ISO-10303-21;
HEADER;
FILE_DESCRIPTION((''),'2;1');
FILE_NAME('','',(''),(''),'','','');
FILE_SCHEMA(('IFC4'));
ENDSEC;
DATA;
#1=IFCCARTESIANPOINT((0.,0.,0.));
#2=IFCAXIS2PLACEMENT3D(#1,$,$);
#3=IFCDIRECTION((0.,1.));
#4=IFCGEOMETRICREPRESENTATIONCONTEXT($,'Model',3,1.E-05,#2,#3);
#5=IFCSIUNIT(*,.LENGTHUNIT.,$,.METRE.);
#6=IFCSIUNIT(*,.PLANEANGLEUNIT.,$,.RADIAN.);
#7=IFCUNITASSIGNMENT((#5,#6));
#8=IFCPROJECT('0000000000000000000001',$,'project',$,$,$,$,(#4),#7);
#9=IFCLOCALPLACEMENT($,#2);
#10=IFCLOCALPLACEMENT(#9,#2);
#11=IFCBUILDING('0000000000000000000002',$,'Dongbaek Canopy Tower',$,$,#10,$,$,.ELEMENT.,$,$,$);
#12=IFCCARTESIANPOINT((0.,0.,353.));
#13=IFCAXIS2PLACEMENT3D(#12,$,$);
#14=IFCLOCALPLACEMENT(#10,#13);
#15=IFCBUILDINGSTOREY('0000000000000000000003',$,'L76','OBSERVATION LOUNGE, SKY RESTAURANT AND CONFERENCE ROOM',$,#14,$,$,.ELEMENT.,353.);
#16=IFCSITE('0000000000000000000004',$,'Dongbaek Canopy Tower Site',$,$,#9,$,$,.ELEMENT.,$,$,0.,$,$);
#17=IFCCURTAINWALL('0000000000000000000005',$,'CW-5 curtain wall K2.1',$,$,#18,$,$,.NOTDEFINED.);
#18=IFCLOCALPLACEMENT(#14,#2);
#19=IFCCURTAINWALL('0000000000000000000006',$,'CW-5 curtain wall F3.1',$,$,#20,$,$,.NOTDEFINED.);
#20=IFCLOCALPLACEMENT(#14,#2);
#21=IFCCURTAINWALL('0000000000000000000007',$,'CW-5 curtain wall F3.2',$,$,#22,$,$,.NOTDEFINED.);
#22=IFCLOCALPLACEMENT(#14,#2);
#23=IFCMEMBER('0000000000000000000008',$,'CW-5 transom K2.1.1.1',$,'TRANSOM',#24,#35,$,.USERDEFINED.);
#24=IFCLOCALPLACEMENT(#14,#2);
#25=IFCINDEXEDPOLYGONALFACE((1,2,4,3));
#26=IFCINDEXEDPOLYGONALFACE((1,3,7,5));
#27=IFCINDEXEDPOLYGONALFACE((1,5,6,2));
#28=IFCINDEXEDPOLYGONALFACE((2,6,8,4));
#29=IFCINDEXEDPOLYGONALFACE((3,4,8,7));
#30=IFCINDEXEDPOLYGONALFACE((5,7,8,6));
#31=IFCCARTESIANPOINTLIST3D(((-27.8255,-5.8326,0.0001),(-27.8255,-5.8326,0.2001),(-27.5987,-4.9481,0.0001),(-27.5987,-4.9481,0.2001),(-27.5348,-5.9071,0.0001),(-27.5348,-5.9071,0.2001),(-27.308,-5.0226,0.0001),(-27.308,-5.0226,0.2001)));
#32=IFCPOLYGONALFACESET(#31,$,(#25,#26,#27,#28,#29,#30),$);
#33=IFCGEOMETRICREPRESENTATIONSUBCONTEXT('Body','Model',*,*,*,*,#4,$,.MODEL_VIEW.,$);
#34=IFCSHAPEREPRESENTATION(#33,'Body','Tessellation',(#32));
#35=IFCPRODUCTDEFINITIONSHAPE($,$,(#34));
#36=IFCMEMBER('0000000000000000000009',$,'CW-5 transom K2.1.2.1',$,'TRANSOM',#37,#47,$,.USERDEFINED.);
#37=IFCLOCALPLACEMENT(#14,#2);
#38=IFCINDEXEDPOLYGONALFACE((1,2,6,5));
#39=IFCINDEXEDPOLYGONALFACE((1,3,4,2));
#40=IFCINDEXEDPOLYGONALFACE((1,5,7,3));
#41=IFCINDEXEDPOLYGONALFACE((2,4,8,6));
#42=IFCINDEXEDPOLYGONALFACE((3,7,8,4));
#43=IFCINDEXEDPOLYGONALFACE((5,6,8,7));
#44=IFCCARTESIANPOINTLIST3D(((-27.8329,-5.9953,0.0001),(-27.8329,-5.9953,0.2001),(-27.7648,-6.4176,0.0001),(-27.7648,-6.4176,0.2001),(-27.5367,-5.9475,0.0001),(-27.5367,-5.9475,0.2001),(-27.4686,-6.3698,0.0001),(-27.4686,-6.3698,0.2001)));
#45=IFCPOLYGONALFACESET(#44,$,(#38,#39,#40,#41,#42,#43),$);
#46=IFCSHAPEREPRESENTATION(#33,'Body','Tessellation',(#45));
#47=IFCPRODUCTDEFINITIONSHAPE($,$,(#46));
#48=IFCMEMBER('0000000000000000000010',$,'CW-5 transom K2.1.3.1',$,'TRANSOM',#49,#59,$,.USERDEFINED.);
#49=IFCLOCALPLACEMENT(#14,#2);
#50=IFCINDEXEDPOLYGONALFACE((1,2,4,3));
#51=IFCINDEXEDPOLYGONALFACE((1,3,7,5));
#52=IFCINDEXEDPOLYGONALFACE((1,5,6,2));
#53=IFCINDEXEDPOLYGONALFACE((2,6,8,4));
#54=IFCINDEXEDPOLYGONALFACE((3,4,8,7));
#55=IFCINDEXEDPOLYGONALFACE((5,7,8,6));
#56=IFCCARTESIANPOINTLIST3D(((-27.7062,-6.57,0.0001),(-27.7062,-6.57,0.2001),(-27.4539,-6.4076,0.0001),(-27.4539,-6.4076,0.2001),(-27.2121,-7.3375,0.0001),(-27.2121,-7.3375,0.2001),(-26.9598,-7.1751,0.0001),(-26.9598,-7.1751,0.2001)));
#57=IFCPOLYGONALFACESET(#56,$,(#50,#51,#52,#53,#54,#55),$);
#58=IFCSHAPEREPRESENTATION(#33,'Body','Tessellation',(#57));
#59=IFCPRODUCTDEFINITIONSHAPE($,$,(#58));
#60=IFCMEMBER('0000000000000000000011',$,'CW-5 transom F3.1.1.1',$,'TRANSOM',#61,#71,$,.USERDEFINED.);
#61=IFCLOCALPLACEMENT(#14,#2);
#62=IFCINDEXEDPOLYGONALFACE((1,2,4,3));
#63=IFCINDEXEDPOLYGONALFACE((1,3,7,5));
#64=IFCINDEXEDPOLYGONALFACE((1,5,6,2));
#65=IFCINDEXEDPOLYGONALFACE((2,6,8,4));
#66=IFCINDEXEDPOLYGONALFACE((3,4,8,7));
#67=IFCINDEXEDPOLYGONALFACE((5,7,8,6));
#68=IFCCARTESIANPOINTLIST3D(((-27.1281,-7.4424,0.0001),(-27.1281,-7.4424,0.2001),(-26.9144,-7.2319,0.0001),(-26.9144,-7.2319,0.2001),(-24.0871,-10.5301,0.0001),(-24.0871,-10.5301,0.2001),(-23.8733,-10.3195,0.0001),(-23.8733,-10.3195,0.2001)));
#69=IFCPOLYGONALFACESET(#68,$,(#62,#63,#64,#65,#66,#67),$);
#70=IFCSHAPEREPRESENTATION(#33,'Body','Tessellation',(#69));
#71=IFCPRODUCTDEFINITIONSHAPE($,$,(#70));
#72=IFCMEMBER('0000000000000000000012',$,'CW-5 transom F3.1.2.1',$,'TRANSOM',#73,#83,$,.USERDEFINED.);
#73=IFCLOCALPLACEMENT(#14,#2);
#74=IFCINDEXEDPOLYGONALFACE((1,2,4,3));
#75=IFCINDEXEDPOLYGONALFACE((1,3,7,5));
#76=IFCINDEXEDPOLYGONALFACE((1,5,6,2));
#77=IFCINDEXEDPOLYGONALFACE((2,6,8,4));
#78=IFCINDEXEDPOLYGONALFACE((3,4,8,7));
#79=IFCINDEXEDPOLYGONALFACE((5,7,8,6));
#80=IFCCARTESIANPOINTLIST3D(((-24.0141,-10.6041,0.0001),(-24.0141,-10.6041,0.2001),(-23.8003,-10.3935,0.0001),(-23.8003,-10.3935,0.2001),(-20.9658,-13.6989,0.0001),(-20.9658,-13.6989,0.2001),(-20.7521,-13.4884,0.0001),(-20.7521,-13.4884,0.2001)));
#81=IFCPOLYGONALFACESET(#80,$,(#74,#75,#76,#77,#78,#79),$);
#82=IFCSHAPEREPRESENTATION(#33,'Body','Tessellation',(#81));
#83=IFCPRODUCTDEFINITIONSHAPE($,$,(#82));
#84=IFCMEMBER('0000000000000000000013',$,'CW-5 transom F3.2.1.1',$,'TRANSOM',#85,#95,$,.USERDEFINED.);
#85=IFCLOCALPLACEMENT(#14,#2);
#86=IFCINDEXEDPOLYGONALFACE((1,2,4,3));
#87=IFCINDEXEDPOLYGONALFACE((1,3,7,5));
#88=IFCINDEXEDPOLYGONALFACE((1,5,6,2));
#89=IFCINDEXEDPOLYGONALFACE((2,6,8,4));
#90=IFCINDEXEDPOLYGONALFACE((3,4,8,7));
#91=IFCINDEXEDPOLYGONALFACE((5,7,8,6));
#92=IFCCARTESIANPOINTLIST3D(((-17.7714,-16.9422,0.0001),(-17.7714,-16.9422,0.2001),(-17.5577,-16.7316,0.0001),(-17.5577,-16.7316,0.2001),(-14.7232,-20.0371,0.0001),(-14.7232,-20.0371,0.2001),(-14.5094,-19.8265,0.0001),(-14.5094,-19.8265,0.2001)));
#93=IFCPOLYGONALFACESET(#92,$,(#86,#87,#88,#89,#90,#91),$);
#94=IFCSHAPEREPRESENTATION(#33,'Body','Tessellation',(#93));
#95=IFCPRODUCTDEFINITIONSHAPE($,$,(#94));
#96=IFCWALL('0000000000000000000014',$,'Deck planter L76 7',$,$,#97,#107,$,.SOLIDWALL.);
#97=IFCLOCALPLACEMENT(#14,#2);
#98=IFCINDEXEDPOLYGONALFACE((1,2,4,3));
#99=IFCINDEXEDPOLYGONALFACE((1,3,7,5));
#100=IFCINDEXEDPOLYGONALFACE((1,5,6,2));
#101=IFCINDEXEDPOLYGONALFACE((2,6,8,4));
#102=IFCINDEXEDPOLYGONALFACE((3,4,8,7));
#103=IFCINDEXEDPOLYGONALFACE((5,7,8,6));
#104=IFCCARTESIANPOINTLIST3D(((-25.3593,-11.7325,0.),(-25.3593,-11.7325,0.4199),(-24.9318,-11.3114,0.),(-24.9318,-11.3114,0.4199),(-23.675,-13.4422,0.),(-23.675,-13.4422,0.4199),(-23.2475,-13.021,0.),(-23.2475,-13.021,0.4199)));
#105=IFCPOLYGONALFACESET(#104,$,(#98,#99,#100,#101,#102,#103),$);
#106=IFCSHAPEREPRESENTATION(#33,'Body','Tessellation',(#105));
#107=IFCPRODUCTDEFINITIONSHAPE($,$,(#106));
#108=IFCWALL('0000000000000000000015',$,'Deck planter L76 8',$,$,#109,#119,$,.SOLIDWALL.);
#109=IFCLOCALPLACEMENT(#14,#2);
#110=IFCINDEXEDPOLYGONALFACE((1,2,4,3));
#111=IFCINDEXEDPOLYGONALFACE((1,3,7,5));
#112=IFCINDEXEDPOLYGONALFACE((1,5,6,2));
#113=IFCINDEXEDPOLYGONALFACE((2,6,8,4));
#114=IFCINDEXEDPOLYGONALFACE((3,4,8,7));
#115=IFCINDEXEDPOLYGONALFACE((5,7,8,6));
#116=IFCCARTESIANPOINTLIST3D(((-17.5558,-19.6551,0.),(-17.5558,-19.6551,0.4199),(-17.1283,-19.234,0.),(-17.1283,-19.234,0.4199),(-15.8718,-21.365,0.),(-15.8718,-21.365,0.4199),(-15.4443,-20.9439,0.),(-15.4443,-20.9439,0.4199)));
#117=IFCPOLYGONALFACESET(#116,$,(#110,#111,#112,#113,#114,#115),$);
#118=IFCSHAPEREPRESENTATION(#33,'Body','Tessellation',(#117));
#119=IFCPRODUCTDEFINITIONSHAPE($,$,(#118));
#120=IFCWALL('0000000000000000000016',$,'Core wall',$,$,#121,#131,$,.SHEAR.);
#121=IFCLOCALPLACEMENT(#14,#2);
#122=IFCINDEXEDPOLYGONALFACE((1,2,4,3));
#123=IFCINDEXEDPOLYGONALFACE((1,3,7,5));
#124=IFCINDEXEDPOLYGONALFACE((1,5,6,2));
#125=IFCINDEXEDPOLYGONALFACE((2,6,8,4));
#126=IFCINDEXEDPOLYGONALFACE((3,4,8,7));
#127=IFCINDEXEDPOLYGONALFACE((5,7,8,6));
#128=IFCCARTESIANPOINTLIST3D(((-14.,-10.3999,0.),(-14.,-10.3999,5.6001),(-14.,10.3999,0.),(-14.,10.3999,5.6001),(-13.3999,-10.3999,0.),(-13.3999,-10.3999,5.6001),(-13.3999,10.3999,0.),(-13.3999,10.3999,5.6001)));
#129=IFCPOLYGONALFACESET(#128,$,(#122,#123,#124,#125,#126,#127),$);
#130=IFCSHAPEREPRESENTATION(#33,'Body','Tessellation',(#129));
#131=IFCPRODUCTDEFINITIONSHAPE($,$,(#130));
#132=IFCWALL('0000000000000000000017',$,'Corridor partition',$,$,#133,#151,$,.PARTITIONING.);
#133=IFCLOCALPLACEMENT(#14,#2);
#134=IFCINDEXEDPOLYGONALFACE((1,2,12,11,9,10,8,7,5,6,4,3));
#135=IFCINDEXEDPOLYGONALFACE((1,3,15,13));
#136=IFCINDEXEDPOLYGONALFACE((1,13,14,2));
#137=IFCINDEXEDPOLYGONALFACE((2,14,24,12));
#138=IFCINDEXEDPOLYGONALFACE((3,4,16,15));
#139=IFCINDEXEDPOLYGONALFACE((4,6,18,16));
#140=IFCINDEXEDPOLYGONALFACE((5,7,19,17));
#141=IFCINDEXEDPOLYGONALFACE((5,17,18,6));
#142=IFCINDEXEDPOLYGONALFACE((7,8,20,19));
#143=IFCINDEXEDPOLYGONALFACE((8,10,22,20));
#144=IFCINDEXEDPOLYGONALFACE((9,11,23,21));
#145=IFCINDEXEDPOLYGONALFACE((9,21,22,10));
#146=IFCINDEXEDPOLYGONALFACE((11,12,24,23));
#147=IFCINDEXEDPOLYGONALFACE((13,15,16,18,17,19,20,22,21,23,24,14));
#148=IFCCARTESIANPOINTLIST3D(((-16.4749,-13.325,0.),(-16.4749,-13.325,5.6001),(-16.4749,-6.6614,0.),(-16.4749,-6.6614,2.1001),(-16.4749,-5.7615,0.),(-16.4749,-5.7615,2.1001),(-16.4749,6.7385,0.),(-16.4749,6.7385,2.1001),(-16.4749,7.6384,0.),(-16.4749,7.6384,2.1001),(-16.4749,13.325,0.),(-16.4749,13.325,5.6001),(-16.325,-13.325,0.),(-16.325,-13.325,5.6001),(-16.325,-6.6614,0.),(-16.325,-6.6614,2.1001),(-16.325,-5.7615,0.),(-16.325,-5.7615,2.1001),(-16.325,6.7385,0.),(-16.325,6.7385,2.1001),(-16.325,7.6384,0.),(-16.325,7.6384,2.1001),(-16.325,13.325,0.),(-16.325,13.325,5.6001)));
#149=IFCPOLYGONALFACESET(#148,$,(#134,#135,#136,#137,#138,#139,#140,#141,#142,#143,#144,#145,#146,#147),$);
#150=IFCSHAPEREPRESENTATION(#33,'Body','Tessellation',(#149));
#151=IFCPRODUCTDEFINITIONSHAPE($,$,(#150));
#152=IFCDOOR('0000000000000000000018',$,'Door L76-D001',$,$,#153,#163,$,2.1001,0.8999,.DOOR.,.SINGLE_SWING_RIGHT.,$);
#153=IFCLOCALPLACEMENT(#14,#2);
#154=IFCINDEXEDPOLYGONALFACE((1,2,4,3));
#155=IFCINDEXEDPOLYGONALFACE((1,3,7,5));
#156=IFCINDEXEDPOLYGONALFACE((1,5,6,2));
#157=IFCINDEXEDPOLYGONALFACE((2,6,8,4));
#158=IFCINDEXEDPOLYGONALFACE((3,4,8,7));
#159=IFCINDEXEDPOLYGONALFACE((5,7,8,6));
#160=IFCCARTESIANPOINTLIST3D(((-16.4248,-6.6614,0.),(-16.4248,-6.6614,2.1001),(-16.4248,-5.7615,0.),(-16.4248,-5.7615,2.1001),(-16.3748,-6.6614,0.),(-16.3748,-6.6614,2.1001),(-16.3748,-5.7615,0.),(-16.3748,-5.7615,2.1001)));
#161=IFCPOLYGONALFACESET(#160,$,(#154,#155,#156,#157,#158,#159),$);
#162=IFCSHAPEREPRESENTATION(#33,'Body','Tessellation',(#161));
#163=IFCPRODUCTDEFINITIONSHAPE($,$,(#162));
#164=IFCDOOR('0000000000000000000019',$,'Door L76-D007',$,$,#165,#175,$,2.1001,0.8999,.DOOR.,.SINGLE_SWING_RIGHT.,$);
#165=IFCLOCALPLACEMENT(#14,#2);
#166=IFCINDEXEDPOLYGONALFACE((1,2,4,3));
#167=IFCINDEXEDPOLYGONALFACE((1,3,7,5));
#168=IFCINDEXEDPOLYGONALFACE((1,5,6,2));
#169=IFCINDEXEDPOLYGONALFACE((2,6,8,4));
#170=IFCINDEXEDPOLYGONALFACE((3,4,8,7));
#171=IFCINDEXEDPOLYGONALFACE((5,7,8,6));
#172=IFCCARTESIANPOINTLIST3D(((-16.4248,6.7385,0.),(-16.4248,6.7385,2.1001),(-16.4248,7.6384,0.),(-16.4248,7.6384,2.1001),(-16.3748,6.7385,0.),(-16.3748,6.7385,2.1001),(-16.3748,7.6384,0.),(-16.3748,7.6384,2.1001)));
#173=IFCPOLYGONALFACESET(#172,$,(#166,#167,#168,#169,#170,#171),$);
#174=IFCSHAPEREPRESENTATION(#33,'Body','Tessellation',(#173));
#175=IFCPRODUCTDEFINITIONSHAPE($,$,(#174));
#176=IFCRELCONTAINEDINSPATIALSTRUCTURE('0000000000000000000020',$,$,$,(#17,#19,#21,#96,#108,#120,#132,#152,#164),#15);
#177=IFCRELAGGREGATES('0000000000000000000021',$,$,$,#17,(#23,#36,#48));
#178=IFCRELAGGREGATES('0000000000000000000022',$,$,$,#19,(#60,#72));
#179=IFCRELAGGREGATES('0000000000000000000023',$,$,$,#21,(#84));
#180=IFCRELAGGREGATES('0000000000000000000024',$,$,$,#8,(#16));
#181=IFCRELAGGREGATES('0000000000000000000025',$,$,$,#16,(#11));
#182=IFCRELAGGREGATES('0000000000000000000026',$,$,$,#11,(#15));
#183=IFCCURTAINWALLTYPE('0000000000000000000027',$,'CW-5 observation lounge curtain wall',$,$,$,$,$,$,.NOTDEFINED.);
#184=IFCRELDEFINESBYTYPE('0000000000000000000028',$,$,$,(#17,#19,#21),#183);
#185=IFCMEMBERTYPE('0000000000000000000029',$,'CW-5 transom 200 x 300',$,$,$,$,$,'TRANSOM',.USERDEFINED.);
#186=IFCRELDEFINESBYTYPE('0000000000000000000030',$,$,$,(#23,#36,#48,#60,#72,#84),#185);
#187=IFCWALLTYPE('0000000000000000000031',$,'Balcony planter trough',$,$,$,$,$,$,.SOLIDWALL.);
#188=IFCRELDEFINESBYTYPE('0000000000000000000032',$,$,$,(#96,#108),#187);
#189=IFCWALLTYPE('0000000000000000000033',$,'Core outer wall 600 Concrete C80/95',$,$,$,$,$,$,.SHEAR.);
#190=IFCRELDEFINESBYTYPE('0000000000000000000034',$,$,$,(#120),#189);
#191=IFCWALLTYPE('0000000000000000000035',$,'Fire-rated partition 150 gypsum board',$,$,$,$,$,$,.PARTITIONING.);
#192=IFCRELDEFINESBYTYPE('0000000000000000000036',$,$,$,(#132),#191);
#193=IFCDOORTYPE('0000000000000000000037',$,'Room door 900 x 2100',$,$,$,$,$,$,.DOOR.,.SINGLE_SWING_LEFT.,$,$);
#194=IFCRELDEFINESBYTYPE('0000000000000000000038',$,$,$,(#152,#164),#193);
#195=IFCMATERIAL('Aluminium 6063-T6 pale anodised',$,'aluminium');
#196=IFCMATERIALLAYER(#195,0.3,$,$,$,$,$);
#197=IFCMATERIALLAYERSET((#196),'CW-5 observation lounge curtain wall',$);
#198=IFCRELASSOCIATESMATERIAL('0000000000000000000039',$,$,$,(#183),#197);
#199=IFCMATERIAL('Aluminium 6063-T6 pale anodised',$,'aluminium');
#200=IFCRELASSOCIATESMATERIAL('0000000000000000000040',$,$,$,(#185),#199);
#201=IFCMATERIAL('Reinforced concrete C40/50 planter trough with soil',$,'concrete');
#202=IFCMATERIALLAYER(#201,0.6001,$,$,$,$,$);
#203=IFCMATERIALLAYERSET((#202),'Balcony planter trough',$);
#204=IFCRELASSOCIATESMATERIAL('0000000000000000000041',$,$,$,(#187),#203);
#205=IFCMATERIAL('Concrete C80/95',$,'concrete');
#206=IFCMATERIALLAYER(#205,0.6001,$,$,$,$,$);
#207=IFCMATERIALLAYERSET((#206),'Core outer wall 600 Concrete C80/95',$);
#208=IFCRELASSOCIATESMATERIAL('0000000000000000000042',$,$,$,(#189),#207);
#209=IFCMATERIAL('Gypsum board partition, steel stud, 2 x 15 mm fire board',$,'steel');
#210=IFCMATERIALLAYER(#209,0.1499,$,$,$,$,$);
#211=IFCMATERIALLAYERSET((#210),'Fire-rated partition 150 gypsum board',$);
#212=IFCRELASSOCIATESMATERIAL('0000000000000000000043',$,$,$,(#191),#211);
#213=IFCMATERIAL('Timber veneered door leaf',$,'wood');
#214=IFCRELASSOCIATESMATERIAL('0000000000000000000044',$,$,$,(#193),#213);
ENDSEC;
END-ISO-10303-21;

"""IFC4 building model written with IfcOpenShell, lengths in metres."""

from ifc_helpers import new_model, si_unit, direction, frame, frame_2d, origin, origin_2d, place, context, subcontext, project, spatial, rectangle, extrude, material, layer, layer_set, material_profile, profile_set, type_object, element, fill, aggregate, save


model = new_model("IFC4")

# Units and contexts
model_context = context("Model", 3, precision=1e-05, world=origin(), true_north=direction((0.0, 1.0)))
body_context = subcontext(model_context, "Body", "Model", "MODEL_VIEW")
ifc_project = project(units=[si_unit("LENGTHUNIT", "METRE"), si_unit("PLANEANGLEUNIT", "RADIAN")], contexts=[model_context])

# Site, building, storey
site_placement = place(None, origin())
site = spatial("IfcSite", under=ifc_project, at=site_placement, Name="Dongbaek Canopy Tower Site", CompositionType="ELEMENT", RefElevation=0.0)
building_placement = place(site_placement, origin())
building = spatial("IfcBuilding", under=site, at=building_placement, Name="Dongbaek Canopy Tower", CompositionType="ELEMENT")
storey_placement = place(building_placement, frame((0.0, 0.0, 353.0)))
storey = spatial("IfcBuildingStorey", under=building, at=storey_placement, Name="L76", Description="OBSERVATION LOUNGE, SKY RESTAURANT AND CONFERENCE ROOM", CompositionType="ELEMENT", Elevation=353.0)

# Curtain walls
ifc_material_1 = material(Name="Aluminium 6063-T6 pale anodised", Category="aluminium")
ifc_layer_1 = layer(ifc_material_1, 0.3)
ifc_layer_set_1 = layer_set([ifc_layer_1], Name="CW-5 observation lounge curtain wall")
curtain_wall_type = type_object("IfcCurtainWallType", Name="CW-5 observation lounge curtain wall", PredefinedType="NOTDEFINED", material=ifc_layer_set_1)
curtain_wall_1_placement = place(storey_placement, origin())
curtain_wall_1 = element("IfcCurtainWall", 1, at=curtain_wall_1_placement, inside=storey, type_object=curtain_wall_type, Name="CW-5 curtain wall K2.1", PredefinedType="NOTDEFINED")
curtain_wall_2_placement = place(storey_placement, origin())
curtain_wall_2 = element("IfcCurtainWall", 2, at=curtain_wall_2_placement, inside=storey, type_object=curtain_wall_type, Name="CW-5 curtain wall F3.1", PredefinedType="NOTDEFINED")
curtain_wall_3_placement = place(storey_placement, origin())
curtain_wall_3 = element("IfcCurtainWall", 3, at=curtain_wall_3_placement, inside=storey, type_object=curtain_wall_type, Name="CW-5 curtain wall F3.2", PredefinedType="NOTDEFINED")

# Members
ifc_material_2 = material(Name="Aluminium 6063-T6 pale anodised", Category="aluminium")
ifc_material_profile_1 = material_profile(ifc_material_2, rectangle(XDim=0.3, YDim=0.2, at=origin_2d()), Name="CW-5 transom 200 x 300")
ifc_profile_set_1 = profile_set([ifc_material_profile_1], Name="Aluminium 6063-T6 pale anodised")
member_type_1 = type_object("IfcMemberType", Name="CW-5 transom 200 x 300", ElementType="TRANSOM", PredefinedType="USERDEFINED", material=ifc_profile_set_1)
member_1_placement = place(storey_placement, frame((-27.4534, -4.9854, 0.1001), z_axis=(-0.248382, -0.968662, 0.0), x_axis=(0.968662, -0.248382, 0.0)))
member_1 = element("IfcMember", 4, at=member_1_placement, type_object=member_type_1, Name="CW-5 transom K2.1.1.1", ObjectType="TRANSOM", PredefinedType="USERDEFINED", context=body_context, shape_type="SweptSolid", body=[
    extrude(rectangle(XDim=0.3, YDim=0.2, at=origin_2d()), origin(), (0.0, 0.0, 1.0), 0.9131),
])
member_2_placement = place(storey_placement, frame((-27.6848, -5.9714, 0.1001), z_axis=(0.159214, -0.987244, 0.0), x_axis=(0.987244, 0.159214, 0.0)))
member_2 = element("IfcMember", 5, at=member_2_placement, type_object=member_type_1, Name="CW-5 transom K2.1.2.1", ObjectType="TRANSOM", PredefinedType="USERDEFINED", context=body_context, shape_type="SweptSolid", body=[
    extrude(rectangle(XDim=0.3, YDim=0.2, at=origin_2d()), origin(), (0.0, 0.0, 1.0), 0.4277),
])
member_3_placement = place(storey_placement, frame((-27.5801, -6.4888, 0.1001), z_axis=(0.541298, -0.840831, 0.0), x_axis=(0.840831, 0.541298, 0.0)))
member_3 = element("IfcMember", 6, at=member_3_placement, type_object=member_type_1, Name="CW-5 transom K2.1.3.1", ObjectType="TRANSOM", PredefinedType="USERDEFINED", context=body_context, shape_type="SweptSolid", body=[
    extrude(rectangle(XDim=0.3, YDim=0.2, at=origin_2d()), origin(), (0.0, 0.0, 1.0), 0.9128),
])
aggregate(curtain_wall_1, [member_1, member_2, member_3])
member_4_placement = place(storey_placement, frame((-27.0212, -7.3372, 0.1001), z_axis=(0.701706, -0.712466, 0.0), x_axis=(0.712466, 0.701706, 0.0)))
member_4 = element("IfcMember", 7, at=member_4_placement, type_object=member_type_1, Name="CW-5 transom F3.1.1.1", ObjectType="TRANSOM", PredefinedType="USERDEFINED", context=body_context, shape_type="SweptSolid", body=[
    extrude(rectangle(XDim=0.3, YDim=0.2, at=origin_2d()), origin(), (0.0, 0.0, 1.0), 4.3337),
])
member_5_placement = place(storey_placement, frame((-23.9072, -10.4988, 0.1001), z_axis=(0.701719, -0.712454, 0.0), x_axis=(0.712454, 0.701719, 0.0)))
member_5 = element("IfcMember", 8, at=member_5_placement, type_object=member_type_1, Name="CW-5 transom F3.1.2.1", ObjectType="TRANSOM", PredefinedType="USERDEFINED", context=body_context, shape_type="SweptSolid", body=[
    extrude(rectangle(XDim=0.3, YDim=0.2, at=origin_2d()), origin(), (0.0, 0.0, 1.0), 4.344),
])
aggregate(curtain_wall_2, [member_4, member_5])
member_6_placement = place(storey_placement, frame((-17.6646, -16.8369, 0.1001), z_axis=(0.701719, -0.712454, 0.0), x_axis=(0.712454, 0.701719, 0.0)))
member_6 = element("IfcMember", 9, at=member_6_placement, type_object=member_type_1, Name="CW-5 transom F3.2.1.1", ObjectType="TRANSOM", PredefinedType="USERDEFINED", context=body_context, shape_type="SweptSolid", body=[
    extrude(rectangle(XDim=0.3, YDim=0.2, at=origin_2d()), origin(), (0.0, 0.0, 1.0), 4.344),
])
aggregate(curtain_wall_3, [member_6])

# Walls
ifc_material_3 = material(Name="Reinforced concrete C40/50 planter trough with soil", Category="concrete")
ifc_layer_2 = layer(ifc_material_3, 0.6001)
ifc_layer_set_2 = layer_set([ifc_layer_2], Name="Balcony planter trough")
wall_type_1 = type_object("IfcWallType", Name="Balcony planter trough", PredefinedType="SOLIDWALL", material=ifc_layer_set_2)
for number, where, z_axis, x_axis, name in (
    (10, (-25.1455, -11.522, 0.0), (0.0, 0.0, 1.0), (0.701797, -0.712377, 0.0), "Deck planter L76 7"),
    (11, (-17.342, -19.4446, 0.0), (0.0, 0.0, 1.0), (0.701695, -0.712478, 0.0), "Deck planter L76 8"),
):
    element("IfcWall", number, at=place(storey_placement, frame(where, z_axis=z_axis, x_axis=x_axis)), inside=storey, type_object=wall_type_1, Name=name, PredefinedType="SOLIDWALL", context=body_context, shape_type="SweptSolid", body=[
        extrude(rectangle(XDim=2.3999, YDim=0.6001, at=frame_2d((1.2, 0.0))), origin(), (0.0, 0.0, 1.0), 0.4199),
    ])
ifc_material_4 = material(Name="Concrete C80/95", Category="concrete")
ifc_layer_3 = layer(ifc_material_4, 0.6001)
ifc_layer_set_3 = layer_set([ifc_layer_3], Name="Core outer wall 600 Concrete C80/95")
wall_type_2 = type_object("IfcWallType", Name="Core outer wall 600 Concrete C80/95", PredefinedType="SHEAR", material=ifc_layer_set_3)
wall_1_placement = place(storey_placement, frame((-13.7, -10.3999, 0.0), z_axis=(0.0, 0.0, 1.0), x_axis=(0.0, 1.0, 0.0)))
element("IfcWall", 12, at=wall_1_placement, inside=storey, type_object=wall_type_2, Name="Core wall", PredefinedType="SHEAR", context=body_context, shape_type="SweptSolid", body=[
    extrude(rectangle(XDim=20.7998, YDim=0.6001, at=frame_2d((10.3999, 0.0))), origin(), (0.0, 0.0, 1.0), 5.6001),
])

# Wall, openings, doors
ifc_material_5 = material(Name="Gypsum board partition, steel stud, 2 x 15 mm fire board", Category="steel")
ifc_layer_4 = layer(ifc_material_5, 0.1499)
ifc_layer_set_4 = layer_set([ifc_layer_4], Name="Fire-rated partition 150 gypsum board")
wall_type_3 = type_object("IfcWallType", Name="Fire-rated partition 150 gypsum board", PredefinedType="PARTITIONING", material=ifc_layer_set_4)
wall_2_placement = place(storey_placement, frame((-16.3999, -13.325, 0.0), z_axis=(0.0, 0.0, 1.0), x_axis=(0.0, 1.0, 0.0)))
wall_2 = element("IfcWall", 13, at=wall_2_placement, inside=storey, type_object=wall_type_3, Name="Corridor partition", PredefinedType="PARTITIONING", context=body_context, shape_type="SweptSolid", body=[
    extrude(rectangle(XDim=26.6499, YDim=0.1499, at=frame_2d((13.325, 0.0))), origin(), (0.0, 0.0, 1.0), 5.6001),
])
opening_1_placement = place(wall_2_placement, frame((6.6636, 0.0, 0.0)))
opening_1 = element("IfcOpeningElement", 14, at=opening_1_placement, cuts=wall_2, PredefinedType="OPENING", context=body_context, shape_type="SweptSolid", body=[
    extrude(rectangle(XDim=0.8999, YDim=2.1001, at=frame_2d((0.45, 1.05))), frame((0.0, 0.085, 0.0), z_axis=(0.0, -1.0, 0.0), x_axis=(1.0, 0.0, 0.0)), (0.0, 0.0, 1.0), 0.1699),
])
opening_2_placement = place(wall_2_placement, frame((20.0635, 0.0, 0.0)))
opening_2 = element("IfcOpeningElement", 15, at=opening_2_placement, cuts=wall_2, PredefinedType="OPENING", context=body_context, shape_type="SweptSolid", body=[
    extrude(rectangle(XDim=0.8999, YDim=2.1001, at=frame_2d((0.45, 1.05))), frame((0.0, 0.085, 0.0), z_axis=(0.0, -1.0, 0.0), x_axis=(1.0, 0.0, 0.0)), (0.0, 0.0, 1.0), 0.1699),
])
ifc_material_6 = material(Name="Timber veneered door leaf", Category="wood")
door_type_1 = type_object("IfcDoorType", Name="Room door 900 x 2100", OperationType="SINGLE_SWING_LEFT", PredefinedType="DOOR", material=ifc_material_6)
door_1_placement = place(opening_1_placement, origin())
door_1 = element("IfcDoor", 16, at=door_1_placement, inside=storey, type_object=door_type_1, Name="Door L76-D001", OperationType="SINGLE_SWING_RIGHT", OverallHeight=2.1001, OverallWidth=0.8999, PredefinedType="DOOR", context=body_context, shape_type="SweptSolid", body=[
    extrude(rectangle(XDim=0.8999, YDim=2.1001, at=frame_2d((0.45, 1.05))), frame((0.0, 0.0249, 0.0), z_axis=(0.0, -1.0, 0.0), x_axis=(1.0, 0.0, 0.0)), (0.0, 0.0, 1.0), 0.05),
])
fill(opening_1, door_1)
door_2_placement = place(opening_2_placement, origin())
door_2 = element("IfcDoor", 17, at=door_2_placement, inside=storey, type_object=door_type_1, Name="Door L76-D007", OperationType="SINGLE_SWING_RIGHT", OverallHeight=2.1001, OverallWidth=0.8999, PredefinedType="DOOR", context=body_context, shape_type="SweptSolid", body=[
    extrude(rectangle(XDim=0.8999, YDim=2.1001, at=frame_2d((0.45, 1.05))), frame((0.0, 0.0249, 0.0), z_axis=(0.0, -1.0, 0.0), x_axis=(1.0, 0.0, 0.0)), (0.0, 0.0, 1.0), 0.05),
])
fill(opening_2, door_2)

save(model, "model.ifc")
